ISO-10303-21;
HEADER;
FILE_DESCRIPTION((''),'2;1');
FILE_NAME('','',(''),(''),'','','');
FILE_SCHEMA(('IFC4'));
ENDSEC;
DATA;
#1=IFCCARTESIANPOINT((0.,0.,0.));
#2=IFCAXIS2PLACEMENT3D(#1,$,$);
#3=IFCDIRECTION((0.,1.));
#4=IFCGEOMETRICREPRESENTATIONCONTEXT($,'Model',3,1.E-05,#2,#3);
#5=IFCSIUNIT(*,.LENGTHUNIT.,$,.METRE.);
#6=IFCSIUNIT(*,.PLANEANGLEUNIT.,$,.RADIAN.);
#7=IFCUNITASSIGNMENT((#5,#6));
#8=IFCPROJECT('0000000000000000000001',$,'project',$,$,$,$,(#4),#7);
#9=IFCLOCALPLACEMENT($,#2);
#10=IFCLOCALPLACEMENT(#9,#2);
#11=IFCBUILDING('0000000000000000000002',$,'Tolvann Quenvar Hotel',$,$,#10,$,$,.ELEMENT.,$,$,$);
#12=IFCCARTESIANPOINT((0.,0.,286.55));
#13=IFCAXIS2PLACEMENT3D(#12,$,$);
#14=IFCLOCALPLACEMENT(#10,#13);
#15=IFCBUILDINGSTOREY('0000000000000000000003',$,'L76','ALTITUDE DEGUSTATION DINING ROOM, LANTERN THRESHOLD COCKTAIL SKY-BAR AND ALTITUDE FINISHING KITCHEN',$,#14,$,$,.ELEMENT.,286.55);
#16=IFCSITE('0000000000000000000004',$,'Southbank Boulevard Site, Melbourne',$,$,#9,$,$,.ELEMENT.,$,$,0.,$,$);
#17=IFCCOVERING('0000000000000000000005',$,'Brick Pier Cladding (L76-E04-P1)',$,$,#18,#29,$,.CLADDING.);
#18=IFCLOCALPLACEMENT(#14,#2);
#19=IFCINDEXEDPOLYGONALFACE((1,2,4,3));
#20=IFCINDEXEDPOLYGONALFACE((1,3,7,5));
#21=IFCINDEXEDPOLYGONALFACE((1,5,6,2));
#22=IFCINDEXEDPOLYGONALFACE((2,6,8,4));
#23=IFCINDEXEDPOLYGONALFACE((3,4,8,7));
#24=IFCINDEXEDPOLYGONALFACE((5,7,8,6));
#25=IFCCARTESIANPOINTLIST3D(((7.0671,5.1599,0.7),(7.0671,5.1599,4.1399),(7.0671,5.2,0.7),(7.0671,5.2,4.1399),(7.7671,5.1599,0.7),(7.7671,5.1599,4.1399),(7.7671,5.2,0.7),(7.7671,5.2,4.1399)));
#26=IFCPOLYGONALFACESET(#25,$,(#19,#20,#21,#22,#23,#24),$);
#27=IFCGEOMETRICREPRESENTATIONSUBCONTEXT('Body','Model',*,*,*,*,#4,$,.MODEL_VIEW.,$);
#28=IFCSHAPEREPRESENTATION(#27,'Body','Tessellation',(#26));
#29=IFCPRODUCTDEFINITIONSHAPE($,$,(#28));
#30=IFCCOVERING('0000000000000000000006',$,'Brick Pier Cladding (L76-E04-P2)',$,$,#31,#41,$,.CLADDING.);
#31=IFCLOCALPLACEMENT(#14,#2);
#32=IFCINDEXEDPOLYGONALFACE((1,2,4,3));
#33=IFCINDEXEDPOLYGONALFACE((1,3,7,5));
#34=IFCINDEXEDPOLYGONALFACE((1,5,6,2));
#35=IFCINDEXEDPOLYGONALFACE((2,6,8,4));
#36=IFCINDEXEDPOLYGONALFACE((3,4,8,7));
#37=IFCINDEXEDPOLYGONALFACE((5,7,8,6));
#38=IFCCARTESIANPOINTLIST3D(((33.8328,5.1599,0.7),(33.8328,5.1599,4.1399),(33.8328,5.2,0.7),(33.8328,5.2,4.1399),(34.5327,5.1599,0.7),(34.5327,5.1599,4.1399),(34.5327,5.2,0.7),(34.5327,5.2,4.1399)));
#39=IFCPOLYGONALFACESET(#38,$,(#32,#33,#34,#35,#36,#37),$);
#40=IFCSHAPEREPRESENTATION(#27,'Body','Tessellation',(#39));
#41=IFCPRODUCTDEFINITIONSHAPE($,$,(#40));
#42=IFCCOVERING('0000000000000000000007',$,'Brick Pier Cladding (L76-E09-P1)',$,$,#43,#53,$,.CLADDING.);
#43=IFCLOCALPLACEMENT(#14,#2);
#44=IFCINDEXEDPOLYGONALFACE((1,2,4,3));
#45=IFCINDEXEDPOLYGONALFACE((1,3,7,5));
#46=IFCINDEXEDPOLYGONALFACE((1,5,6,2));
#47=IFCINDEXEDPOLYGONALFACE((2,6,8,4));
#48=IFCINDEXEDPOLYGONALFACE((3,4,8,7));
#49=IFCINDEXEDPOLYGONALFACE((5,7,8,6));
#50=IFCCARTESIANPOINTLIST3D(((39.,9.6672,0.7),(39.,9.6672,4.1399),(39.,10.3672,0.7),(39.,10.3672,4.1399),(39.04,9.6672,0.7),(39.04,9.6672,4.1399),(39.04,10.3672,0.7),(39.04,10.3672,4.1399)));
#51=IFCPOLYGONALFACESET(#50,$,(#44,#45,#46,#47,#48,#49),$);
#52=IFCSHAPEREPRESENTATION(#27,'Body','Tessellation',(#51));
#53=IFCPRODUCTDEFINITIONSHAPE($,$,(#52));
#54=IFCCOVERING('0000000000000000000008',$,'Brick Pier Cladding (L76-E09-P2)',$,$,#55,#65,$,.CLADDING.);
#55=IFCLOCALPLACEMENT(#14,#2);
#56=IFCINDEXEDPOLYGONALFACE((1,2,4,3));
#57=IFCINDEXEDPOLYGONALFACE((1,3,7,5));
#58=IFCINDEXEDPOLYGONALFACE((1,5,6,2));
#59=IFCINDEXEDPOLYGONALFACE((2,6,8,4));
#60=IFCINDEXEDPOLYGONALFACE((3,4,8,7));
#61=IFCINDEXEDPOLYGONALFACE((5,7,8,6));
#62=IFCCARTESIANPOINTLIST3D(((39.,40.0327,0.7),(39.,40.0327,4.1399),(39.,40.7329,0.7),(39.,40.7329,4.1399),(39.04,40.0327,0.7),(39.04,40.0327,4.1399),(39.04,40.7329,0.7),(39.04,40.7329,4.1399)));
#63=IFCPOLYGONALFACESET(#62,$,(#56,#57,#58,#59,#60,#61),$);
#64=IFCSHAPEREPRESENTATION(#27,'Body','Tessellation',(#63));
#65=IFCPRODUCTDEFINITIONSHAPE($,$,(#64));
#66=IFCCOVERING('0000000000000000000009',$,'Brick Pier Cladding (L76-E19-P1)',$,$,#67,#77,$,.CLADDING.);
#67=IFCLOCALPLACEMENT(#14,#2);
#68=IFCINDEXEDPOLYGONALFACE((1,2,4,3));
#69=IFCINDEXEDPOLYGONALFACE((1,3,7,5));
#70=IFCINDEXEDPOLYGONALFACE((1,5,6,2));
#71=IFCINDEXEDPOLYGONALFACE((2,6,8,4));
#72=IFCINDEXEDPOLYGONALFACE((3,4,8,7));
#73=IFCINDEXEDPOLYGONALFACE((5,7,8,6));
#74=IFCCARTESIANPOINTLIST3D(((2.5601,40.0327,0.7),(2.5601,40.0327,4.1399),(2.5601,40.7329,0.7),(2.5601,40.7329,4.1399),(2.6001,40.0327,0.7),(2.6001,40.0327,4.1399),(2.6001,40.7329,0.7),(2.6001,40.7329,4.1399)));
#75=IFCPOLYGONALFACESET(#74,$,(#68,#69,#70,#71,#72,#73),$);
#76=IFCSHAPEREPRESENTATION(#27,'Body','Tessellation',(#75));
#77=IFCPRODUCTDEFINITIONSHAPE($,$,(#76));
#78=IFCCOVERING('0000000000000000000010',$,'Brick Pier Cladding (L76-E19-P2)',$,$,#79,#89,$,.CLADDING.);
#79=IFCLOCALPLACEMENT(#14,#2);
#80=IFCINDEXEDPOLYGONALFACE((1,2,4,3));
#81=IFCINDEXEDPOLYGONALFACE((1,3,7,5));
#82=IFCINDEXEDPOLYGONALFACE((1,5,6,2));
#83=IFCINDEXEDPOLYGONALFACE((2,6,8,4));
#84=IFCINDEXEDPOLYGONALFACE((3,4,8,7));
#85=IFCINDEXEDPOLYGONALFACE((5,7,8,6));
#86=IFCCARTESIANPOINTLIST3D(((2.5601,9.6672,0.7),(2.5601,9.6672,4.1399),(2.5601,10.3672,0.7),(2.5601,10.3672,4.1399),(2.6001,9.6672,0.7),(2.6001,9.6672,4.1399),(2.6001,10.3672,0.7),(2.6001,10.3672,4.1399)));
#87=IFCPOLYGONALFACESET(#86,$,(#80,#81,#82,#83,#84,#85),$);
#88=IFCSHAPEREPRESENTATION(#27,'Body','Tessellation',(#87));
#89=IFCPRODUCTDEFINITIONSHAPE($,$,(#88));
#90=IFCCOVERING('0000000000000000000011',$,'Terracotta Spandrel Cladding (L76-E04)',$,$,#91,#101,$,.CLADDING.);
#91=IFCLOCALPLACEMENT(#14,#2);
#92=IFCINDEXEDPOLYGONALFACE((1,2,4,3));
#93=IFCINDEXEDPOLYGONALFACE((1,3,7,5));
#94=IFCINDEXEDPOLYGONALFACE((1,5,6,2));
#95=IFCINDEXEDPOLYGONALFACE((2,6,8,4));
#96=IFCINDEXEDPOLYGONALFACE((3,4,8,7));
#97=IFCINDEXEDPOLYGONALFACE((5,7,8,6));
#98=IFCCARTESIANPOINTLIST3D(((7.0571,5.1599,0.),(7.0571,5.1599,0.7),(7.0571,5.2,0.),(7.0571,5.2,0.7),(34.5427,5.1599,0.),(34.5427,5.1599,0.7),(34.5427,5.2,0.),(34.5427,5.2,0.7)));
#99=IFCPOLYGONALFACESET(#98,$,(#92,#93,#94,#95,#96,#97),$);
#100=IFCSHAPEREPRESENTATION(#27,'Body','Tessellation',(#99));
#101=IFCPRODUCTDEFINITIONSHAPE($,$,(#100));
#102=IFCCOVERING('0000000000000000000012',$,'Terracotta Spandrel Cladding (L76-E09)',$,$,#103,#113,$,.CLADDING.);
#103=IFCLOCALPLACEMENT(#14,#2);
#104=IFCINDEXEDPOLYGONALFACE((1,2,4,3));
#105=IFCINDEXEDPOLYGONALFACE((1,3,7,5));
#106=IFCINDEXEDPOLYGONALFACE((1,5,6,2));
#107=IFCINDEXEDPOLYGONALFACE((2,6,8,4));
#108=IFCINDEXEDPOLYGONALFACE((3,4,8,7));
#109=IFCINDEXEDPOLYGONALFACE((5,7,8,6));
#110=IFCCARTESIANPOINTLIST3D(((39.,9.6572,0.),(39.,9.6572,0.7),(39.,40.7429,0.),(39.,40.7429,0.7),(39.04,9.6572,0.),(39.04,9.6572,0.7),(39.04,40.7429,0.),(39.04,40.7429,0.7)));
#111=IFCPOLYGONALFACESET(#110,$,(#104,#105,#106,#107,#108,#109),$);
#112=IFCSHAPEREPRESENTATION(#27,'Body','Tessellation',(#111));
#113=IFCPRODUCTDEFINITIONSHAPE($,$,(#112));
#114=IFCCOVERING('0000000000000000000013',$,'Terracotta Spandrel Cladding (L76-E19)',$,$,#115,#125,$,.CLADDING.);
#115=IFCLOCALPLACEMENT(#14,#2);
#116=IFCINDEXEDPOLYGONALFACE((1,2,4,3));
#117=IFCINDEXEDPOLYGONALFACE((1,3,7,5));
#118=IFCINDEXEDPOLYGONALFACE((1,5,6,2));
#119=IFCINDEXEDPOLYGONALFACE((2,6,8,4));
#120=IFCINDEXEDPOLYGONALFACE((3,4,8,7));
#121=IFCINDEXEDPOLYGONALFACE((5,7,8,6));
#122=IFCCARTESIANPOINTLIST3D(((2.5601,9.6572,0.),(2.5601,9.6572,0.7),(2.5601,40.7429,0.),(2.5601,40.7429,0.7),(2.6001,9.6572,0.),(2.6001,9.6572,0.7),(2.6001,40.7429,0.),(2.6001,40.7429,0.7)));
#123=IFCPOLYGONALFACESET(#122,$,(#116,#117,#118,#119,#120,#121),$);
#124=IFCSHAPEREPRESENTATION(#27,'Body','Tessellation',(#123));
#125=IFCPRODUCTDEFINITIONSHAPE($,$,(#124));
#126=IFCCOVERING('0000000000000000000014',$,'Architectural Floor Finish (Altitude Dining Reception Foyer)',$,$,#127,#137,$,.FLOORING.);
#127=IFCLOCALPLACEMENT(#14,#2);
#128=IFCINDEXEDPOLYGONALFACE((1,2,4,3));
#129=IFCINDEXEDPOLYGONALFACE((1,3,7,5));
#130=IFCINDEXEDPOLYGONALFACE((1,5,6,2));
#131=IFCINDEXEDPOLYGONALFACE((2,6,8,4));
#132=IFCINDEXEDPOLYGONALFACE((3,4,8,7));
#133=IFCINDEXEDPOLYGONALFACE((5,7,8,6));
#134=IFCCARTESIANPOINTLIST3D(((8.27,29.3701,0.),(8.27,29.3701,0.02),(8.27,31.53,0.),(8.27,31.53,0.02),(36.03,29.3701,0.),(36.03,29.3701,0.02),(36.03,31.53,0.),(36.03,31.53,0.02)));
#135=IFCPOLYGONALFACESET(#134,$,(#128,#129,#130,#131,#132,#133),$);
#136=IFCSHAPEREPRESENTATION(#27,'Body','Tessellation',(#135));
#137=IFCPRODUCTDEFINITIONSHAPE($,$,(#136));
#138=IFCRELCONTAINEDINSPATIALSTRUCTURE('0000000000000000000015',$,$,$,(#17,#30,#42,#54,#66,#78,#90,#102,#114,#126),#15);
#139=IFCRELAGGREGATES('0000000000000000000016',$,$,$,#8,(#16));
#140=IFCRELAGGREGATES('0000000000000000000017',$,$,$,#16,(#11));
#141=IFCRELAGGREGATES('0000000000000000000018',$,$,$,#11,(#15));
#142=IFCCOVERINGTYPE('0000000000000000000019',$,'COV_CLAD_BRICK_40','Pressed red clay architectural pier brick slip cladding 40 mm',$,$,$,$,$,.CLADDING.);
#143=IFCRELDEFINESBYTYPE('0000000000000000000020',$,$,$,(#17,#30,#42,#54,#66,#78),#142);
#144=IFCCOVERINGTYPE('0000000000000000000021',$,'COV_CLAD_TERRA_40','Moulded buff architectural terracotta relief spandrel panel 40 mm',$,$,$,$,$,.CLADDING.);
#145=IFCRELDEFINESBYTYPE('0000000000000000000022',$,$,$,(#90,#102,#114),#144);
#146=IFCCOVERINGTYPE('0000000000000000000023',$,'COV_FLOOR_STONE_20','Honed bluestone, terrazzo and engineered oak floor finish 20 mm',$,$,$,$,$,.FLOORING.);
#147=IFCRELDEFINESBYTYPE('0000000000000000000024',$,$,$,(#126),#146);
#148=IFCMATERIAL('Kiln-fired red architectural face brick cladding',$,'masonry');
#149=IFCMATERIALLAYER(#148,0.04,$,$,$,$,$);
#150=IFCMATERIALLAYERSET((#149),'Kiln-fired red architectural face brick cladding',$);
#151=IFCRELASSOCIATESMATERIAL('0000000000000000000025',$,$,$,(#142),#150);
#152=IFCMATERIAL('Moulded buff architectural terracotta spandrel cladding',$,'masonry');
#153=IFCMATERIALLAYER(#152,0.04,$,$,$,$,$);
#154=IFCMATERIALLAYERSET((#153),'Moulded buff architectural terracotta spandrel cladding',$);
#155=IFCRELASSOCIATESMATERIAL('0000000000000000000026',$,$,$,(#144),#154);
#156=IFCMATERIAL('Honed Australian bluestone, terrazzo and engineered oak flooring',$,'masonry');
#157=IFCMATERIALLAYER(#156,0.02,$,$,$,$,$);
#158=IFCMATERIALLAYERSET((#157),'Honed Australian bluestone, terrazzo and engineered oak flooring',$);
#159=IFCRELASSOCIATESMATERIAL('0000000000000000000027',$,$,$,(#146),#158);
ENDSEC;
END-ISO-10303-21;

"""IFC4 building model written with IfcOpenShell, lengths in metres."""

from ifc_helpers import new_model, si_unit, direction, frame, origin, place, context, subcontext, project, spatial, polyline, outline, extrude, material, layer, layer_set, type_object, element, save


model = new_model("IFC4")

# Units and contexts
model_context = context("Model", 3, precision=1e-05, world=origin(), true_north=direction((0.0, 1.0)))
body_context = subcontext(model_context, "Body", "Model", "MODEL_VIEW")
ifc_project = project(units=[si_unit("LENGTHUNIT", "METRE"), si_unit("PLANEANGLEUNIT", "RADIAN")], contexts=[model_context])

# Site, building, storey
site_placement = place(None, origin())
site = spatial("IfcSite", under=ifc_project, at=site_placement, Name="Southbank Boulevard Site, Melbourne", CompositionType="ELEMENT", RefElevation=0.0)
building_placement = place(site_placement, origin())
building = spatial("IfcBuilding", under=site, at=building_placement, Name="Tolvann Quenvar Hotel", CompositionType="ELEMENT")
storey_placement = place(building_placement, frame((0.0, 0.0, 286.55)))
storey = spatial("IfcBuildingStorey", under=building, at=storey_placement, Name="L76", Description="ALTITUDE DEGUSTATION DINING ROOM, LANTERN THRESHOLD COCKTAIL SKY-BAR AND ALTITUDE FINISHING KITCHEN", CompositionType="ELEMENT", Elevation=286.55)

# Coverings
ifc_material_1 = material(Name="Kiln-fired red architectural face brick cladding", Category="masonry")
ifc_layer_1 = layer(ifc_material_1, 0.04)
ifc_layer_set_1 = layer_set([ifc_layer_1], Name="Kiln-fired red architectural face brick cladding")
covering_type_1 = type_object("IfcCoveringType", Name="COV_CLAD_BRICK_40", Description="Pressed red clay architectural pier brick slip cladding 40 mm", PredefinedType="CLADDING", material=ifc_layer_set_1)
covering_1_placement = place(storey_placement, frame((0.0, 0.0, 0.7)))
element("IfcCovering", 1, at=covering_1_placement, inside=storey, type_object=covering_type_1, Name="Brick Pier Cladding (L76-E04-P1)", PredefinedType="CLADDING", context=body_context, shape_type="SweptSolid", body=[
    extrude(outline(polyline([(7.0671, 5.2), (7.7671, 5.2), (7.7671, 5.1599), (7.0671, 5.1599), (7.0671, 5.2)])), origin(), (0.0, 0.0, 1.0), 3.4399),
])
covering_2_placement = place(storey_placement, frame((0.0, 0.0, 0.7)))
element("IfcCovering", 2, at=covering_2_placement, inside=storey, type_object=covering_type_1, Name="Brick Pier Cladding (L76-E04-P2)", PredefinedType="CLADDING", context=body_context, shape_type="SweptSolid", body=[
    extrude(outline(polyline([(33.8328, 5.2), (34.5327, 5.2), (34.5327, 5.1599), (33.8328, 5.1599), (33.8328, 5.2)])), origin(), (0.0, 0.0, 1.0), 3.4399),
])
covering_3_placement = place(storey_placement, frame((0.0, 0.0, 0.7)))
element("IfcCovering", 3, at=covering_3_placement, inside=storey, type_object=covering_type_1, Name="Brick Pier Cladding (L76-E09-P1)", PredefinedType="CLADDING", context=body_context, shape_type="SweptSolid", body=[
    extrude(outline(polyline([(39.0, 9.6672), (39.0, 10.3672), (39.04, 10.3672), (39.04, 9.6672), (39.0, 9.6672)])), origin(), (0.0, 0.0, 1.0), 3.4399),
])
covering_4_placement = place(storey_placement, frame((0.0, 0.0, 0.7)))
element("IfcCovering", 4, at=covering_4_placement, inside=storey, type_object=covering_type_1, Name="Brick Pier Cladding (L76-E09-P2)", PredefinedType="CLADDING", context=body_context, shape_type="SweptSolid", body=[
    extrude(outline(polyline([(39.0, 40.0327), (39.0, 40.7329), (39.04, 40.7329), (39.04, 40.0327), (39.0, 40.0327)])), origin(), (0.0, 0.0, 1.0), 3.4399),
])
covering_5_placement = place(storey_placement, frame((0.0, 0.0, 0.7)))
element("IfcCovering", 5, at=covering_5_placement, inside=storey, type_object=covering_type_1, Name="Brick Pier Cladding (L76-E19-P1)", PredefinedType="CLADDING", context=body_context, shape_type="SweptSolid", body=[
    extrude(outline(polyline([(2.6001, 40.7329), (2.6001, 40.0327), (2.5601, 40.0327), (2.5601, 40.7329), (2.6001, 40.7329)])), origin(), (0.0, 0.0, 1.0), 3.4399),
])
covering_6_placement = place(storey_placement, frame((0.0, 0.0, 0.7)))
element("IfcCovering", 6, at=covering_6_placement, inside=storey, type_object=covering_type_1, Name="Brick Pier Cladding (L76-E19-P2)", PredefinedType="CLADDING", context=body_context, shape_type="SweptSolid", body=[
    extrude(outline(polyline([(2.6001, 10.3672), (2.6001, 9.6672), (2.5601, 9.6672), (2.5601, 10.3672), (2.6001, 10.3672)])), origin(), (0.0, 0.0, 1.0), 3.4399),
])
ifc_material_2 = material(Name="Moulded buff architectural terracotta spandrel cladding", Category="masonry")
ifc_layer_2 = layer(ifc_material_2, 0.04)
ifc_layer_set_2 = layer_set([ifc_layer_2], Name="Moulded buff architectural terracotta spandrel cladding")
covering_type_2 = type_object("IfcCoveringType", Name="COV_CLAD_TERRA_40", Description="Moulded buff architectural terracotta relief spandrel panel 40 mm", PredefinedType="CLADDING", material=ifc_layer_set_2)
covering_7_placement = place(storey_placement, origin())
element("IfcCovering", 7, at=covering_7_placement, inside=storey, type_object=covering_type_2, Name="Terracotta Spandrel Cladding (L76-E04)", PredefinedType="CLADDING", context=body_context, shape_type="SweptSolid", body=[
    extrude(outline(polyline([(7.0571, 5.2), (34.5427, 5.2), (34.5427, 5.1599), (7.0571, 5.1599), (7.0571, 5.2)])), origin(), (0.0, 0.0, 1.0), 0.7),
])
covering_8_placement = place(storey_placement, origin())
element("IfcCovering", 8, at=covering_8_placement, inside=storey, type_object=covering_type_2, Name="Terracotta Spandrel Cladding (L76-E09)", PredefinedType="CLADDING", context=body_context, shape_type="SweptSolid", body=[
    extrude(outline(polyline([(39.0, 9.6572), (39.0, 40.7429), (39.04, 40.7429), (39.04, 9.6572), (39.0, 9.6572)])), origin(), (0.0, 0.0, 1.0), 0.7),
])
covering_9_placement = place(storey_placement, origin())
element("IfcCovering", 9, at=covering_9_placement, inside=storey, type_object=covering_type_2, Name="Terracotta Spandrel Cladding (L76-E19)", PredefinedType="CLADDING", context=body_context, shape_type="SweptSolid", body=[
    extrude(outline(polyline([(2.6001, 40.7429), (2.6001, 9.6572), (2.5601, 9.6572), (2.5601, 40.7429), (2.6001, 40.7429)])), origin(), (0.0, 0.0, 1.0), 0.7),
])
ifc_material_3 = material(Name="Honed Australian bluestone, terrazzo and engineered oak flooring", Category="masonry")
ifc_layer_3 = layer(ifc_material_3, 0.02)
ifc_layer_set_3 = layer_set([ifc_layer_3], Name="Honed Australian bluestone, terrazzo and engineered oak flooring")
covering_type_3 = type_object("IfcCoveringType", Name="COV_FLOOR_STONE_20", Description="Honed bluestone, terrazzo and engineered oak floor finish 20 mm", PredefinedType="FLOORING", material=ifc_layer_set_3)
covering_10_placement = place(storey_placement, origin())
element("IfcCovering", 10, at=covering_10_placement, inside=storey, type_object=covering_type_3, Name="Architectural Floor Finish (Altitude Dining Reception Foyer)", PredefinedType="FLOORING", context=body_context, shape_type="SweptSolid", body=[
    extrude(outline(polyline([(8.27, 29.3701), (36.03, 29.3701), (36.03, 31.53), (8.27, 31.53), (8.27, 29.3701)])), origin(), (0.0, 0.0, 1.0), 0.02),
])

save(model, "model.ifc")
